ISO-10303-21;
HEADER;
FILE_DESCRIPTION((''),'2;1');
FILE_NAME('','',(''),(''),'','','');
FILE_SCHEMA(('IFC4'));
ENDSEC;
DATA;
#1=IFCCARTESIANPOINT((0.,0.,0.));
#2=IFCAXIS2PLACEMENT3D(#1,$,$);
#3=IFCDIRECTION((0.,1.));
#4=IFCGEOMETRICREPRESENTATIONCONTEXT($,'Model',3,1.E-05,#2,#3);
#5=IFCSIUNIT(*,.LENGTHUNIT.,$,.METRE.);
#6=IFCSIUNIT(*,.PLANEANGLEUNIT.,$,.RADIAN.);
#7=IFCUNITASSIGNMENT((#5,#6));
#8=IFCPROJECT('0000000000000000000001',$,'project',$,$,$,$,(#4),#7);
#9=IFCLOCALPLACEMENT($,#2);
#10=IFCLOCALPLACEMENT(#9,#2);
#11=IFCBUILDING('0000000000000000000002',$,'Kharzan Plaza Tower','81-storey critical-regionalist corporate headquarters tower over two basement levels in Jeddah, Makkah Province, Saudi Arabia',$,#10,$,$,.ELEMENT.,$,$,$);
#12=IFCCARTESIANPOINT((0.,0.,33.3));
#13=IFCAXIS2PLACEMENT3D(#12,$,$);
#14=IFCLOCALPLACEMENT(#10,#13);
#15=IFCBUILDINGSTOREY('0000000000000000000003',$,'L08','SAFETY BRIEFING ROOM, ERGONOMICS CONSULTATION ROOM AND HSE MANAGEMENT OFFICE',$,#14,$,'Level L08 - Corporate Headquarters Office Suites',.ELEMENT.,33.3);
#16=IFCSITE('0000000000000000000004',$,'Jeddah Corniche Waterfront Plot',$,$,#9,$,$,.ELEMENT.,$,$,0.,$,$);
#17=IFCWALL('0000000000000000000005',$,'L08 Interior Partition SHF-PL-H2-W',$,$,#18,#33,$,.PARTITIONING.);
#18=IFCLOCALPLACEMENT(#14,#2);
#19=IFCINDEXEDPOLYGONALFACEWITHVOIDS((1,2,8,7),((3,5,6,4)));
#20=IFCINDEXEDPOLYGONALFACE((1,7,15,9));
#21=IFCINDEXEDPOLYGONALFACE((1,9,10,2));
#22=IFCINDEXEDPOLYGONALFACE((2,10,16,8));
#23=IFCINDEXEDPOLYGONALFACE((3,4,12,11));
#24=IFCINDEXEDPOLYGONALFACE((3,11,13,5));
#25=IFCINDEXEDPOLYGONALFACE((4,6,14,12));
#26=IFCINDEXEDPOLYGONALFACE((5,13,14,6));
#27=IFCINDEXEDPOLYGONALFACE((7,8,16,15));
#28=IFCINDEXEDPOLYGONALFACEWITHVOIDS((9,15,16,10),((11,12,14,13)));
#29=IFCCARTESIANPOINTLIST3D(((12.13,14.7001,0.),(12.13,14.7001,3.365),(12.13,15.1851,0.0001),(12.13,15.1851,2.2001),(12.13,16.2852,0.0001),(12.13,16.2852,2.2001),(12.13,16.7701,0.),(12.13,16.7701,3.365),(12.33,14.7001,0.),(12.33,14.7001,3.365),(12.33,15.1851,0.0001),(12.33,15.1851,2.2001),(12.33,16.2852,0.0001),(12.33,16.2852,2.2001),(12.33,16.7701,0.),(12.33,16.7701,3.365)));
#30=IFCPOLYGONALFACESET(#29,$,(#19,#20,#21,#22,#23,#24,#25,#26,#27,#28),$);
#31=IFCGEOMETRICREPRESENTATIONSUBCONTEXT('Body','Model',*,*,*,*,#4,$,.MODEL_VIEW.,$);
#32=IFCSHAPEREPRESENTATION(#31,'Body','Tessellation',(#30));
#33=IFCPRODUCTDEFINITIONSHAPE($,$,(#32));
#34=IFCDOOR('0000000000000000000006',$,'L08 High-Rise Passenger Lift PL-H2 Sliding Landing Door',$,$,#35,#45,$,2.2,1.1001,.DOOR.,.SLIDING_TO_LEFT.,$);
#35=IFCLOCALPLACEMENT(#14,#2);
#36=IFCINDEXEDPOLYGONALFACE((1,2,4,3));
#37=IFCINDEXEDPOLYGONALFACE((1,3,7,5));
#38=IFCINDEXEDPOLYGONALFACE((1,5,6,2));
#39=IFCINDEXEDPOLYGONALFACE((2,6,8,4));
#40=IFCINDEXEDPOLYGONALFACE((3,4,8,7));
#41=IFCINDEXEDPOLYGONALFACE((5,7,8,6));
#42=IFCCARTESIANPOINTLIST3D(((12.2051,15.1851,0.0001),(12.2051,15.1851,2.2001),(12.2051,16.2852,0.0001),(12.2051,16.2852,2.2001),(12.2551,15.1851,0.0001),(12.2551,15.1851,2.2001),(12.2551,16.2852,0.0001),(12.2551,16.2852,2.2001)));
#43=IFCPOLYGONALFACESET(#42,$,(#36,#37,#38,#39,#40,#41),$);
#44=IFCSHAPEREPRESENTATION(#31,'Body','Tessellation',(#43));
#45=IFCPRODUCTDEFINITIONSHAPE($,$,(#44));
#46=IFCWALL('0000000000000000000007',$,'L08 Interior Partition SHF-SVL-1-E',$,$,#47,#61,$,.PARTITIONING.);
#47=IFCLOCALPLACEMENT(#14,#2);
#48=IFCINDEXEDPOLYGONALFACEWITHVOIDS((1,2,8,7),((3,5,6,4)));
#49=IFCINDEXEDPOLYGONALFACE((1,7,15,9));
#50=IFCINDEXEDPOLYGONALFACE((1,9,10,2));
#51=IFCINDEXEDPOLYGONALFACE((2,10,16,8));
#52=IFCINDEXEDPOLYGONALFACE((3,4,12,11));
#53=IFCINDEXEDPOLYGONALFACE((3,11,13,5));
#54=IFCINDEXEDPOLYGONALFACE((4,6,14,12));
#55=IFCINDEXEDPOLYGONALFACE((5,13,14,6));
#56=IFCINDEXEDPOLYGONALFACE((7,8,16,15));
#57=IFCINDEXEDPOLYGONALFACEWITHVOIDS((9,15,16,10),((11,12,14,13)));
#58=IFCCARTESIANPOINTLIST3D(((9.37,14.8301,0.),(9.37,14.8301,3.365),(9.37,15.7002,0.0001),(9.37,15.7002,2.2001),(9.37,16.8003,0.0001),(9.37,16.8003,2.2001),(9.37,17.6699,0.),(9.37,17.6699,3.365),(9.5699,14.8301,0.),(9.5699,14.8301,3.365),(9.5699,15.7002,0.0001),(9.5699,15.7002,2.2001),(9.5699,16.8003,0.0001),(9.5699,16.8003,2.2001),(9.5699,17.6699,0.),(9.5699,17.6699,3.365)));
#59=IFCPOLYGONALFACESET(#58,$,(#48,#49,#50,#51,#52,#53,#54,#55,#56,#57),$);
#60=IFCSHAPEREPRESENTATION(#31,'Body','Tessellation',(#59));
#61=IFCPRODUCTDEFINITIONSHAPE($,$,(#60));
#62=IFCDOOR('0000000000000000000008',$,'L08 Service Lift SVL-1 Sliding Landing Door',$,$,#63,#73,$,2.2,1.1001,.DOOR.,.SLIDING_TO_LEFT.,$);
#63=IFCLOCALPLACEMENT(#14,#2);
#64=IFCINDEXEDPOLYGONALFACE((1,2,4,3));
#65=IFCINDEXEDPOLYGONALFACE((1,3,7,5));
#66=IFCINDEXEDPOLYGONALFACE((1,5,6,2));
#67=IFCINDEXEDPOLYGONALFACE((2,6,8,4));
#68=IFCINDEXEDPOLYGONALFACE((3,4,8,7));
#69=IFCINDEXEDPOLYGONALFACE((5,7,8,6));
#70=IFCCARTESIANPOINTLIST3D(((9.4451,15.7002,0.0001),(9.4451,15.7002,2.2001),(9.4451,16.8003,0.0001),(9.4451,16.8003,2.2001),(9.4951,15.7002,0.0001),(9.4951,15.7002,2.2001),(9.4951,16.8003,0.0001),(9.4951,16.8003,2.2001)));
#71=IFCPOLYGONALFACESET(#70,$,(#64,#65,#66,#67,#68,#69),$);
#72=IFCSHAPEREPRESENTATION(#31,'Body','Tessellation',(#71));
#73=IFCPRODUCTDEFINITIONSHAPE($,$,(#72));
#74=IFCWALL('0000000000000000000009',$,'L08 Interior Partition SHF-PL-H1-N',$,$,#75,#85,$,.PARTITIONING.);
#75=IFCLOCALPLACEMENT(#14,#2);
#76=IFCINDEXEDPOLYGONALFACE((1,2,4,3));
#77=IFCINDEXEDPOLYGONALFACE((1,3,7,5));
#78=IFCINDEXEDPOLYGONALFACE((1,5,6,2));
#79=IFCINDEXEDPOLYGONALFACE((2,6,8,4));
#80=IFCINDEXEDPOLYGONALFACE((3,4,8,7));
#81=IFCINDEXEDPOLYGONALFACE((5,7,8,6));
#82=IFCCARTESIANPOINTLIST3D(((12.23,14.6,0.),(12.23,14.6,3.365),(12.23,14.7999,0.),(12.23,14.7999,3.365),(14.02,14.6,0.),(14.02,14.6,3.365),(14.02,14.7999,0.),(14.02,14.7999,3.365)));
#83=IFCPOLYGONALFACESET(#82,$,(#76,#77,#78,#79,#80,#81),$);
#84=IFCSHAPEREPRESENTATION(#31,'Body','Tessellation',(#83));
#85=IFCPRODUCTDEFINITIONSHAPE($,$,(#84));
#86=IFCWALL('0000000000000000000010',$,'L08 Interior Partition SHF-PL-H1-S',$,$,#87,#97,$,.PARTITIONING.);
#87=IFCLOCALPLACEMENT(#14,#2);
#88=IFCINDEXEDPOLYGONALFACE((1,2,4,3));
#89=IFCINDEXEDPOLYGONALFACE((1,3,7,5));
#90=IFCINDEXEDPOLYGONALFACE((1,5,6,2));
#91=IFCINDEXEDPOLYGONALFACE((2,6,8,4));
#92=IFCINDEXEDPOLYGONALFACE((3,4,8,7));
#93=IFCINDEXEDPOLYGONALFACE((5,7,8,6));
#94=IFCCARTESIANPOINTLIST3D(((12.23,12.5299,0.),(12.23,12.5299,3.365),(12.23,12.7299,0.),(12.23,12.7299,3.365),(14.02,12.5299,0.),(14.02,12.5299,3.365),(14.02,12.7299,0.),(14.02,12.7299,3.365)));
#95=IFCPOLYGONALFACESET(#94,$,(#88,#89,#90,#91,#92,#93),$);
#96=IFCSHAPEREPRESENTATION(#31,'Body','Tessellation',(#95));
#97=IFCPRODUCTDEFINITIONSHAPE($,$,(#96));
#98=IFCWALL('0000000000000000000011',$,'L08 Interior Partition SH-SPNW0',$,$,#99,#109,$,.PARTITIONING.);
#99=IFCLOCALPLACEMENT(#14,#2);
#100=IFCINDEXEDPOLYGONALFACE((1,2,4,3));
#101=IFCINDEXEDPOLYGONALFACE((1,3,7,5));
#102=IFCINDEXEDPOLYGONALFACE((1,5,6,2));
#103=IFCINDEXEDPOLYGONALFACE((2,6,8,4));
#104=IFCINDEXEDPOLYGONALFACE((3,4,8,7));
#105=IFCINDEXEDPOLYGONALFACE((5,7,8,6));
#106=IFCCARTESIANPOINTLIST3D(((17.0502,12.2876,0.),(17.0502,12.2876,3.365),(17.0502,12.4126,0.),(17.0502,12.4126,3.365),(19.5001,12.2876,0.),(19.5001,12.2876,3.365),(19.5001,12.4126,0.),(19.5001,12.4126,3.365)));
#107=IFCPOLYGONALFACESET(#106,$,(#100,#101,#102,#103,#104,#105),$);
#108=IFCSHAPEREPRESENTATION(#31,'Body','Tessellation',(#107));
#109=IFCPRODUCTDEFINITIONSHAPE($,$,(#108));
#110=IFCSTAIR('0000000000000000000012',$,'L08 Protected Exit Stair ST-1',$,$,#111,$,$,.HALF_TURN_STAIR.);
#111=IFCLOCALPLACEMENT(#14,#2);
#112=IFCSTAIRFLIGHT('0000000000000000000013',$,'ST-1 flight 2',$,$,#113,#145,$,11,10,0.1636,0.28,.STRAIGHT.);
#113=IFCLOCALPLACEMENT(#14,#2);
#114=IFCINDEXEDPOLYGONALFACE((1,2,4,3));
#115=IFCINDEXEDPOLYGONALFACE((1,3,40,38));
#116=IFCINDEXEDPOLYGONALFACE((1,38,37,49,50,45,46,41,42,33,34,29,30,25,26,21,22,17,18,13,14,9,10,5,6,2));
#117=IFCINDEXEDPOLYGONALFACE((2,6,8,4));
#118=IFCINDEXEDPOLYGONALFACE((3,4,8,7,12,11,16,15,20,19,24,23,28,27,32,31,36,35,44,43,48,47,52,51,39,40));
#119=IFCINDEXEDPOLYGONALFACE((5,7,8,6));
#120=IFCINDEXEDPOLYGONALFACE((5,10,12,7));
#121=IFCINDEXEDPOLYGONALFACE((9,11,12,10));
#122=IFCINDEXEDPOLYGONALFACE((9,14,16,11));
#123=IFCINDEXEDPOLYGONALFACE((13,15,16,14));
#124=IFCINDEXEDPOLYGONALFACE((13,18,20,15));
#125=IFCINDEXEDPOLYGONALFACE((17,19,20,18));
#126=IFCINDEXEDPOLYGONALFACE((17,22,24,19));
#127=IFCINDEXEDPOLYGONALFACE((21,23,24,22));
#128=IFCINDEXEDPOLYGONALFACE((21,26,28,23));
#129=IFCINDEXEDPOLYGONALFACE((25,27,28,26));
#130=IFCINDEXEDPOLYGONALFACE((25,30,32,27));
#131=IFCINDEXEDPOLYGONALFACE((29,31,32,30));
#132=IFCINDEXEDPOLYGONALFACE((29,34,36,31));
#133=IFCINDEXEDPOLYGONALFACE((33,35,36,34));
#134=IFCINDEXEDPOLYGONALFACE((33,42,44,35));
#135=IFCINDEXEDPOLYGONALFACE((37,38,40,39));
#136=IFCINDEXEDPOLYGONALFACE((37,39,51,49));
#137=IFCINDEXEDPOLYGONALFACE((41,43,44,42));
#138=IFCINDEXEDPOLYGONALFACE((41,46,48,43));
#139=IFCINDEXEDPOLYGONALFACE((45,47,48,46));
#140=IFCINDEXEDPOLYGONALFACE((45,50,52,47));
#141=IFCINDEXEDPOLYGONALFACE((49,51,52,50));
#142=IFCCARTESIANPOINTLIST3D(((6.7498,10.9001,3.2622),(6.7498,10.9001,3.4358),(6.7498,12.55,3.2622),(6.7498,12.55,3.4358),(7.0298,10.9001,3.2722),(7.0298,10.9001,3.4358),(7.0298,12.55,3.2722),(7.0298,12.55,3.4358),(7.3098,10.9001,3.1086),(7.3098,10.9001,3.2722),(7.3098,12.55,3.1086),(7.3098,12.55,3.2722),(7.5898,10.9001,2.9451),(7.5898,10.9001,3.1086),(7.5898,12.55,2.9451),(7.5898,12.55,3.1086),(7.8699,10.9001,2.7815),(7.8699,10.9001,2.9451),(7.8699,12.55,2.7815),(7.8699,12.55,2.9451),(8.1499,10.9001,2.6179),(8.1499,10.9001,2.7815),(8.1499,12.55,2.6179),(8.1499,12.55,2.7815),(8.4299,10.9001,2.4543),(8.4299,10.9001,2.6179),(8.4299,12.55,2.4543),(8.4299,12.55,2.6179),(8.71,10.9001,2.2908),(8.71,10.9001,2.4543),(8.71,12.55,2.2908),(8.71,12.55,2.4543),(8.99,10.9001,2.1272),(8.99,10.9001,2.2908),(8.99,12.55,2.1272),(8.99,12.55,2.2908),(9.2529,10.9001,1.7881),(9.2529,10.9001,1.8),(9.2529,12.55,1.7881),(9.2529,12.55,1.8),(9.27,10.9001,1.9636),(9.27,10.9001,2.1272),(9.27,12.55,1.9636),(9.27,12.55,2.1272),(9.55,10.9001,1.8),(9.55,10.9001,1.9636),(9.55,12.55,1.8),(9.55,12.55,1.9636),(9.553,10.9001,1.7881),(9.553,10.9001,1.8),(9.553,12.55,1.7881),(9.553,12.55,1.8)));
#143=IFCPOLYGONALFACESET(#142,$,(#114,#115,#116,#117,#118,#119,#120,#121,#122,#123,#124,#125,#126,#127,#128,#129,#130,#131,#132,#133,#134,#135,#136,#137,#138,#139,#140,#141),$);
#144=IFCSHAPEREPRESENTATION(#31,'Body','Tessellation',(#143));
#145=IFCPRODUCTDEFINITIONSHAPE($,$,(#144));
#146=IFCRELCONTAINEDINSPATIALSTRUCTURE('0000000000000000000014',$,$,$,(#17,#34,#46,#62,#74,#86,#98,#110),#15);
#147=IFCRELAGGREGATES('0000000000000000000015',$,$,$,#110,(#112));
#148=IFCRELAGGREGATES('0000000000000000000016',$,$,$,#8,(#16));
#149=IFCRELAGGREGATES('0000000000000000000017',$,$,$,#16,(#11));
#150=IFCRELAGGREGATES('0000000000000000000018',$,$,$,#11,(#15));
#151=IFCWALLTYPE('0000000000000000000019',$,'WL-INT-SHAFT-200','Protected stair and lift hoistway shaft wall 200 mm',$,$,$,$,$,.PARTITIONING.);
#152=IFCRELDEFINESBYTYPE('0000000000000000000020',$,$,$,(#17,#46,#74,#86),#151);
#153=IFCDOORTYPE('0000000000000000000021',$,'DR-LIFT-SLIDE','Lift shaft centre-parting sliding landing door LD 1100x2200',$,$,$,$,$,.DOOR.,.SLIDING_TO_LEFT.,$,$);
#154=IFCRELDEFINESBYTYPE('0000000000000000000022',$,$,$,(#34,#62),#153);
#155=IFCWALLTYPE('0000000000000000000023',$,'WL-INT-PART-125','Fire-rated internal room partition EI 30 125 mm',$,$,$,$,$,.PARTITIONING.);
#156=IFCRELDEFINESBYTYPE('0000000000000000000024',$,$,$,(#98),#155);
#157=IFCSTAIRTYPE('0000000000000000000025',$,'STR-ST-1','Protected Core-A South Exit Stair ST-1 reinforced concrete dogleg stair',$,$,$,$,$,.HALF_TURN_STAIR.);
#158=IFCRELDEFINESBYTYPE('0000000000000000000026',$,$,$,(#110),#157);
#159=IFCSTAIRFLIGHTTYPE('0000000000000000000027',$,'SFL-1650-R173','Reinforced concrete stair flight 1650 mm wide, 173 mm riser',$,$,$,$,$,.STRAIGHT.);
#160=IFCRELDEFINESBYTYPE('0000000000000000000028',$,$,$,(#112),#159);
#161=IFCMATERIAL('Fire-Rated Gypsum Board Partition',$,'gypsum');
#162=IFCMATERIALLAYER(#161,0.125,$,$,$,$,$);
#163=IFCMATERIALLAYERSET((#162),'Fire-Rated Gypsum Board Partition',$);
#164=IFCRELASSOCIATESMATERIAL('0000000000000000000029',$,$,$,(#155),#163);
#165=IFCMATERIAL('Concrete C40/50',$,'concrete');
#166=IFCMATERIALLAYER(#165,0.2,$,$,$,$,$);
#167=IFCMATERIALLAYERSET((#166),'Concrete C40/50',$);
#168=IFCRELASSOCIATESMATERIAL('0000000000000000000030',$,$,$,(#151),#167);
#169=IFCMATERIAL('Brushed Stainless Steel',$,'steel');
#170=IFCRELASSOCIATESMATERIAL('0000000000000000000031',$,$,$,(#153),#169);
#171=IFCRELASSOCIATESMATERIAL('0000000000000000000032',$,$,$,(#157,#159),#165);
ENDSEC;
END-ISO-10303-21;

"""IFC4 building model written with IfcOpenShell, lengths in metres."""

from ifc_helpers import new_model, si_unit, direction, frame, frame_2d, origin, place, context, subcontext, project, spatial, polyline, rectangle, outline, extrude, source, transform, mapped, material, layer, layer_set, type_object, element, fill, aggregate, save


model = new_model("IFC4")

# Units and contexts
model_context = context("Model", 3, precision=1e-05, world=origin(), true_north=direction((0.0, 1.0)))
body_context = subcontext(model_context, "Body", "Model", "MODEL_VIEW")
ifc_project = project(units=[si_unit("LENGTHUNIT", "METRE"), si_unit("PLANEANGLEUNIT", "RADIAN")], contexts=[model_context])

# Site, building, storey
site_placement = place(None, origin())
site = spatial("IfcSite", under=ifc_project, at=site_placement, Name="Jeddah Corniche Waterfront Plot", CompositionType="ELEMENT", RefElevation=0.0)
building_placement = place(site_placement, origin())
building = spatial("IfcBuilding", under=site, at=building_placement, Name="Kharzan Plaza Tower", Description="81-storey critical-regionalist corporate headquarters tower over two basement levels in Jeddah, Makkah Province, Saudi Arabia", CompositionType="ELEMENT")
storey_placement = place(building_placement, frame((0.0, 0.0, 33.3)))
storey = spatial("IfcBuildingStorey", under=building, at=storey_placement, Name="L08", Description="SAFETY BRIEFING ROOM, ERGONOMICS CONSULTATION ROOM AND HSE MANAGEMENT OFFICE", LongName="Level L08 - Corporate Headquarters Office Suites", CompositionType="ELEMENT", Elevation=33.3)

# Walls, openings, doors
ifc_material_1 = material(Name="Fire-Rated Gypsum Board Partition", Category="gypsum")
ifc_layer_1 = layer(ifc_material_1, 0.125)
ifc_layer_set_1 = layer_set([ifc_layer_1], Name="Fire-Rated Gypsum Board Partition")
wall_type_1 = type_object("IfcWallType", Name="WL-INT-PART-125", Description="Fire-rated internal room partition EI 30 125 mm", PredefinedType="PARTITIONING", material=ifc_layer_set_1)
ifc_material_2 = material(Name="Concrete C40/50", Category="concrete")
ifc_layer_2 = layer(ifc_material_2, 0.2)
ifc_layer_set_2 = layer_set([ifc_layer_2], Name="Concrete C40/50")
wall_type_2 = type_object("IfcWallType", Name="WL-INT-SHAFT-200", Description="Protected stair and lift hoistway shaft wall 200 mm", PredefinedType="PARTITIONING", material=ifc_layer_set_2)
ifc_material_3 = material(Name="Brushed Stainless Steel", Category="steel")
door_type_1 = type_object("IfcDoorType", Name="DR-LIFT-SLIDE", Description="Lift shaft centre-parting sliding landing door LD 1100x2200", OperationType="SLIDING_TO_LEFT", PredefinedType="DOOR", material=ifc_material_3)
shared_shape_1 = source(origin(), body_context, "Body", "SweptSolid", [
    extrude(rectangle(XDim=1.1001, YDim=2.2, at=frame_2d((0.55, 1.1001))), frame((0.0, 0.0249, 0.0), z_axis=(0.0, -1.0, 0.0), x_axis=(1.0, 0.0, 0.0)), (0.0, 0.0, 1.0), 0.05),
])
wall_1_placement = place(storey_placement, frame((12.23, 14.7, 0.0), z_axis=(0.0, 0.0, 1.0), x_axis=(0.0, 1.0, 0.0)))
wall_1 = element("IfcWall", 1, at=wall_1_placement, inside=storey, type_object=wall_type_2, Name="L08 Interior Partition SHF-PL-H2-W", PredefinedType="PARTITIONING", context=body_context, shape_type="SweptSolid", body=[
    extrude(rectangle(XDim=2.0701, YDim=0.2, at=frame_2d((1.0352, 0.0))), origin(), (0.0, 0.0, 1.0), 3.365),
])
opening_1_placement = place(wall_1_placement, frame((0.4851, 0.0, 0.0)))
opening_1 = element("IfcOpeningElement", 2, at=opening_1_placement, cuts=wall_1, PredefinedType="OPENING", context=body_context, shape_type="SweptSolid", body=[
    extrude(rectangle(XDim=1.1001, YDim=2.2, at=frame_2d((0.55, 1.1001))), frame((0.0, 0.1099, 0.0), z_axis=(0.0, -1.0, 0.0), x_axis=(1.0, 0.0, 0.0)), (0.0, 0.0, 1.0), 0.22),
])
door_1_placement = place(opening_1_placement, origin())
door_1 = element("IfcDoor", 3, at=door_1_placement, inside=storey, type_object=door_type_1, Name="L08 High-Rise Passenger Lift PL-H2 Sliding Landing Door", OperationType="SLIDING_TO_LEFT", OverallHeight=2.2, OverallWidth=1.1001, PredefinedType="DOOR", context=body_context, shape_type="MappedRepresentation", body=[
    mapped(shared_shape_1, transform((0.0, 0.0, 0.0), x_axis=(1.0, 0.0, 0.0), y_axis=(0.0, 1.0, 0.0), z_axis=(0.0, 0.0, 1.0))),
])
fill(opening_1, door_1)
wall_2_placement = place(storey_placement, frame((9.47, 14.8301, 0.0), z_axis=(0.0, 0.0, 1.0), x_axis=(0.0, 1.0, 0.0)))
wall_2 = element("IfcWall", 4, at=wall_2_placement, inside=storey, type_object=wall_type_2, Name="L08 Interior Partition SHF-SVL-1-E", PredefinedType="PARTITIONING", context=body_context, shape_type="SweptSolid", body=[
    extrude(rectangle(XDim=2.8398, YDim=0.2, at=frame_2d((1.4199, 0.0))), origin(), (0.0, 0.0, 1.0), 3.365),
])
opening_2_placement = place(wall_2_placement, frame((0.8701, 0.0, 0.0)))
opening_2 = element("IfcOpeningElement", 5, at=opening_2_placement, cuts=wall_2, PredefinedType="OPENING", context=body_context, shape_type="SweptSolid", body=[
    extrude(rectangle(XDim=1.1001, YDim=2.2, at=frame_2d((0.55, 1.1001))), frame((0.0, 0.1099, 0.0), z_axis=(0.0, -1.0, 0.0), x_axis=(1.0, 0.0, 0.0)), (0.0, 0.0, 1.0), 0.22),
])
door_2_placement = place(opening_2_placement, origin())
door_2 = element("IfcDoor", 6, at=door_2_placement, inside=storey, type_object=door_type_1, Name="L08 Service Lift SVL-1 Sliding Landing Door", OperationType="SLIDING_TO_LEFT", OverallHeight=2.2, OverallWidth=1.1001, PredefinedType="DOOR", context=body_context, shape_type="MappedRepresentation", body=[
    mapped(shared_shape_1, transform((0.0, 0.0, 0.0), x_axis=(1.0, 0.0, 0.0), y_axis=(0.0, 1.0, 0.0), z_axis=(0.0, 0.0, 1.0))),
])
fill(opening_2, door_2)

# Walls
shared_shape_2 = source(origin(), body_context, "Body", "SweptSolid", [
    extrude(rectangle(XDim=1.79, YDim=0.2, at=frame_2d((0.895, 0.0))), origin(), (0.0, 0.0, 1.0), 3.365),
])
for number, where, z_axis, x_axis, name in (
    (7, (12.23, 14.7, 0.0), (0.0, 0.0, 1.0), (1.0, 0.0, 0.0), "L08 Interior Partition SHF-PL-H1-N"),
    (8, (12.23, 12.6299, 0.0), (0.0, 0.0, 1.0), (1.0, 0.0, 0.0), "L08 Interior Partition SHF-PL-H1-S"),
):
    element("IfcWall", number, at=place(storey_placement, frame(where, z_axis=z_axis, x_axis=x_axis)), inside=storey, type_object=wall_type_2, Name=name, PredefinedType="PARTITIONING", context=body_context, shape_type="MappedRepresentation", body=[
        mapped(shared_shape_2, transform((0.0, 0.0, 0.0), x_axis=(1.0, 0.0, 0.0), y_axis=(0.0, 1.0, 0.0), z_axis=(0.0, 0.0, 1.0))),
    ])
shared_shape_3 = source(origin(), body_context, "Body", "SweptSolid", [
    extrude(rectangle(XDim=2.45, YDim=0.125, at=frame_2d((1.2251, 0.0))), origin(), (0.0, 0.0, 1.0), 3.365),
])
wall_3_placement = place(storey_placement, frame((17.05, 12.3501, 0.0), z_axis=(0.0, 0.0, 1.0), x_axis=(1.0, 0.0, 0.0)))
element("IfcWall", 9, at=wall_3_placement, inside=storey, type_object=wall_type_1, Name="L08 Interior Partition SH-SPNW0", PredefinedType="PARTITIONING", context=body_context, shape_type="MappedRepresentation", body=[
    mapped(shared_shape_3, transform((0.0, 0.0, 0.0), x_axis=(1.0, 0.0, 0.0), y_axis=(0.0, 1.0, 0.0), z_axis=(0.0, 0.0, 1.0))),
])

# Stair, stair flight
stair_type = type_object("IfcStairType", Name="STR-ST-1", Description="Protected Core-A South Exit Stair ST-1 reinforced concrete dogleg stair", PredefinedType="HALF_TURN_STAIR", material=ifc_material_2)
stair_placement = place(storey_placement, origin())
stair = element("IfcStair", 10, at=stair_placement, inside=storey, type_object=stair_type, Name="L08 Protected Exit Stair ST-1", PredefinedType="HALF_TURN_STAIR")
stair_flight_type = type_object("IfcStairFlightType", Name="SFL-1650-R173", Description="Reinforced concrete stair flight 1650 mm wide, 173 mm riser", PredefinedType="STRAIGHT", material=ifc_material_2)
shared_shape_4 = source(origin(), body_context, "Body", "SweptSolid", [
    extrude(outline(polyline([(-0.0029, -0.012), (-0.0029, 0.0), (0.0, 0.0), (0.0, 0.1636), (0.28, 0.1636), (0.28, 0.3271), (0.5601, 0.3271), (0.5601, 0.4907), (0.8401, 0.4907), (0.8401, 0.6543), (1.1201, 0.6543), (1.1201, 0.8179), (1.4001, 0.8179), (1.4001, 0.9814), (1.6802, 0.9814), (1.6802, 1.145), (1.9602, 1.145), (1.9602, 1.3086), (2.2402, 1.3086), (2.2402, 1.4722), (2.5203, 1.4722), (2.5203, 1.6357), (2.8003, 1.6357), (2.8003, 1.7993), (2.8003, 1.4622), (0.2971, 0.0), (0.2971, -0.012), (-0.0029, -0.012)])), frame((0.0, 0.825, 0.0), z_axis=(0.0, -1.0, 0.0), x_axis=(1.0, 0.0, 0.0)), (0.0, 0.0, 1.0), 1.6499),
])
stair_flight_placement = place(storey_placement, frame((9.55, 11.7251, 1.8), z_axis=(0.0, 0.0, 1.0), x_axis=(-1.0, 0.0, 0.0)))
stair_flight = element("IfcStairFlight", 11, at=stair_flight_placement, type_object=stair_flight_type, Name="ST-1 flight 2", NumberOfRisers=11, NumberOfTreads=10, PredefinedType="STRAIGHT", RiserHeight=0.1636, TreadLength=0.28, context=body_context, shape_type="MappedRepresentation", body=[
    mapped(shared_shape_4, transform((0.0, 0.0, 0.0), x_axis=(1.0, 0.0, 0.0), y_axis=(0.0, 1.0, 0.0), z_axis=(0.0, 0.0, 1.0))),
])
aggregate(stair, [stair_flight])

save(model, "model.ifc")
